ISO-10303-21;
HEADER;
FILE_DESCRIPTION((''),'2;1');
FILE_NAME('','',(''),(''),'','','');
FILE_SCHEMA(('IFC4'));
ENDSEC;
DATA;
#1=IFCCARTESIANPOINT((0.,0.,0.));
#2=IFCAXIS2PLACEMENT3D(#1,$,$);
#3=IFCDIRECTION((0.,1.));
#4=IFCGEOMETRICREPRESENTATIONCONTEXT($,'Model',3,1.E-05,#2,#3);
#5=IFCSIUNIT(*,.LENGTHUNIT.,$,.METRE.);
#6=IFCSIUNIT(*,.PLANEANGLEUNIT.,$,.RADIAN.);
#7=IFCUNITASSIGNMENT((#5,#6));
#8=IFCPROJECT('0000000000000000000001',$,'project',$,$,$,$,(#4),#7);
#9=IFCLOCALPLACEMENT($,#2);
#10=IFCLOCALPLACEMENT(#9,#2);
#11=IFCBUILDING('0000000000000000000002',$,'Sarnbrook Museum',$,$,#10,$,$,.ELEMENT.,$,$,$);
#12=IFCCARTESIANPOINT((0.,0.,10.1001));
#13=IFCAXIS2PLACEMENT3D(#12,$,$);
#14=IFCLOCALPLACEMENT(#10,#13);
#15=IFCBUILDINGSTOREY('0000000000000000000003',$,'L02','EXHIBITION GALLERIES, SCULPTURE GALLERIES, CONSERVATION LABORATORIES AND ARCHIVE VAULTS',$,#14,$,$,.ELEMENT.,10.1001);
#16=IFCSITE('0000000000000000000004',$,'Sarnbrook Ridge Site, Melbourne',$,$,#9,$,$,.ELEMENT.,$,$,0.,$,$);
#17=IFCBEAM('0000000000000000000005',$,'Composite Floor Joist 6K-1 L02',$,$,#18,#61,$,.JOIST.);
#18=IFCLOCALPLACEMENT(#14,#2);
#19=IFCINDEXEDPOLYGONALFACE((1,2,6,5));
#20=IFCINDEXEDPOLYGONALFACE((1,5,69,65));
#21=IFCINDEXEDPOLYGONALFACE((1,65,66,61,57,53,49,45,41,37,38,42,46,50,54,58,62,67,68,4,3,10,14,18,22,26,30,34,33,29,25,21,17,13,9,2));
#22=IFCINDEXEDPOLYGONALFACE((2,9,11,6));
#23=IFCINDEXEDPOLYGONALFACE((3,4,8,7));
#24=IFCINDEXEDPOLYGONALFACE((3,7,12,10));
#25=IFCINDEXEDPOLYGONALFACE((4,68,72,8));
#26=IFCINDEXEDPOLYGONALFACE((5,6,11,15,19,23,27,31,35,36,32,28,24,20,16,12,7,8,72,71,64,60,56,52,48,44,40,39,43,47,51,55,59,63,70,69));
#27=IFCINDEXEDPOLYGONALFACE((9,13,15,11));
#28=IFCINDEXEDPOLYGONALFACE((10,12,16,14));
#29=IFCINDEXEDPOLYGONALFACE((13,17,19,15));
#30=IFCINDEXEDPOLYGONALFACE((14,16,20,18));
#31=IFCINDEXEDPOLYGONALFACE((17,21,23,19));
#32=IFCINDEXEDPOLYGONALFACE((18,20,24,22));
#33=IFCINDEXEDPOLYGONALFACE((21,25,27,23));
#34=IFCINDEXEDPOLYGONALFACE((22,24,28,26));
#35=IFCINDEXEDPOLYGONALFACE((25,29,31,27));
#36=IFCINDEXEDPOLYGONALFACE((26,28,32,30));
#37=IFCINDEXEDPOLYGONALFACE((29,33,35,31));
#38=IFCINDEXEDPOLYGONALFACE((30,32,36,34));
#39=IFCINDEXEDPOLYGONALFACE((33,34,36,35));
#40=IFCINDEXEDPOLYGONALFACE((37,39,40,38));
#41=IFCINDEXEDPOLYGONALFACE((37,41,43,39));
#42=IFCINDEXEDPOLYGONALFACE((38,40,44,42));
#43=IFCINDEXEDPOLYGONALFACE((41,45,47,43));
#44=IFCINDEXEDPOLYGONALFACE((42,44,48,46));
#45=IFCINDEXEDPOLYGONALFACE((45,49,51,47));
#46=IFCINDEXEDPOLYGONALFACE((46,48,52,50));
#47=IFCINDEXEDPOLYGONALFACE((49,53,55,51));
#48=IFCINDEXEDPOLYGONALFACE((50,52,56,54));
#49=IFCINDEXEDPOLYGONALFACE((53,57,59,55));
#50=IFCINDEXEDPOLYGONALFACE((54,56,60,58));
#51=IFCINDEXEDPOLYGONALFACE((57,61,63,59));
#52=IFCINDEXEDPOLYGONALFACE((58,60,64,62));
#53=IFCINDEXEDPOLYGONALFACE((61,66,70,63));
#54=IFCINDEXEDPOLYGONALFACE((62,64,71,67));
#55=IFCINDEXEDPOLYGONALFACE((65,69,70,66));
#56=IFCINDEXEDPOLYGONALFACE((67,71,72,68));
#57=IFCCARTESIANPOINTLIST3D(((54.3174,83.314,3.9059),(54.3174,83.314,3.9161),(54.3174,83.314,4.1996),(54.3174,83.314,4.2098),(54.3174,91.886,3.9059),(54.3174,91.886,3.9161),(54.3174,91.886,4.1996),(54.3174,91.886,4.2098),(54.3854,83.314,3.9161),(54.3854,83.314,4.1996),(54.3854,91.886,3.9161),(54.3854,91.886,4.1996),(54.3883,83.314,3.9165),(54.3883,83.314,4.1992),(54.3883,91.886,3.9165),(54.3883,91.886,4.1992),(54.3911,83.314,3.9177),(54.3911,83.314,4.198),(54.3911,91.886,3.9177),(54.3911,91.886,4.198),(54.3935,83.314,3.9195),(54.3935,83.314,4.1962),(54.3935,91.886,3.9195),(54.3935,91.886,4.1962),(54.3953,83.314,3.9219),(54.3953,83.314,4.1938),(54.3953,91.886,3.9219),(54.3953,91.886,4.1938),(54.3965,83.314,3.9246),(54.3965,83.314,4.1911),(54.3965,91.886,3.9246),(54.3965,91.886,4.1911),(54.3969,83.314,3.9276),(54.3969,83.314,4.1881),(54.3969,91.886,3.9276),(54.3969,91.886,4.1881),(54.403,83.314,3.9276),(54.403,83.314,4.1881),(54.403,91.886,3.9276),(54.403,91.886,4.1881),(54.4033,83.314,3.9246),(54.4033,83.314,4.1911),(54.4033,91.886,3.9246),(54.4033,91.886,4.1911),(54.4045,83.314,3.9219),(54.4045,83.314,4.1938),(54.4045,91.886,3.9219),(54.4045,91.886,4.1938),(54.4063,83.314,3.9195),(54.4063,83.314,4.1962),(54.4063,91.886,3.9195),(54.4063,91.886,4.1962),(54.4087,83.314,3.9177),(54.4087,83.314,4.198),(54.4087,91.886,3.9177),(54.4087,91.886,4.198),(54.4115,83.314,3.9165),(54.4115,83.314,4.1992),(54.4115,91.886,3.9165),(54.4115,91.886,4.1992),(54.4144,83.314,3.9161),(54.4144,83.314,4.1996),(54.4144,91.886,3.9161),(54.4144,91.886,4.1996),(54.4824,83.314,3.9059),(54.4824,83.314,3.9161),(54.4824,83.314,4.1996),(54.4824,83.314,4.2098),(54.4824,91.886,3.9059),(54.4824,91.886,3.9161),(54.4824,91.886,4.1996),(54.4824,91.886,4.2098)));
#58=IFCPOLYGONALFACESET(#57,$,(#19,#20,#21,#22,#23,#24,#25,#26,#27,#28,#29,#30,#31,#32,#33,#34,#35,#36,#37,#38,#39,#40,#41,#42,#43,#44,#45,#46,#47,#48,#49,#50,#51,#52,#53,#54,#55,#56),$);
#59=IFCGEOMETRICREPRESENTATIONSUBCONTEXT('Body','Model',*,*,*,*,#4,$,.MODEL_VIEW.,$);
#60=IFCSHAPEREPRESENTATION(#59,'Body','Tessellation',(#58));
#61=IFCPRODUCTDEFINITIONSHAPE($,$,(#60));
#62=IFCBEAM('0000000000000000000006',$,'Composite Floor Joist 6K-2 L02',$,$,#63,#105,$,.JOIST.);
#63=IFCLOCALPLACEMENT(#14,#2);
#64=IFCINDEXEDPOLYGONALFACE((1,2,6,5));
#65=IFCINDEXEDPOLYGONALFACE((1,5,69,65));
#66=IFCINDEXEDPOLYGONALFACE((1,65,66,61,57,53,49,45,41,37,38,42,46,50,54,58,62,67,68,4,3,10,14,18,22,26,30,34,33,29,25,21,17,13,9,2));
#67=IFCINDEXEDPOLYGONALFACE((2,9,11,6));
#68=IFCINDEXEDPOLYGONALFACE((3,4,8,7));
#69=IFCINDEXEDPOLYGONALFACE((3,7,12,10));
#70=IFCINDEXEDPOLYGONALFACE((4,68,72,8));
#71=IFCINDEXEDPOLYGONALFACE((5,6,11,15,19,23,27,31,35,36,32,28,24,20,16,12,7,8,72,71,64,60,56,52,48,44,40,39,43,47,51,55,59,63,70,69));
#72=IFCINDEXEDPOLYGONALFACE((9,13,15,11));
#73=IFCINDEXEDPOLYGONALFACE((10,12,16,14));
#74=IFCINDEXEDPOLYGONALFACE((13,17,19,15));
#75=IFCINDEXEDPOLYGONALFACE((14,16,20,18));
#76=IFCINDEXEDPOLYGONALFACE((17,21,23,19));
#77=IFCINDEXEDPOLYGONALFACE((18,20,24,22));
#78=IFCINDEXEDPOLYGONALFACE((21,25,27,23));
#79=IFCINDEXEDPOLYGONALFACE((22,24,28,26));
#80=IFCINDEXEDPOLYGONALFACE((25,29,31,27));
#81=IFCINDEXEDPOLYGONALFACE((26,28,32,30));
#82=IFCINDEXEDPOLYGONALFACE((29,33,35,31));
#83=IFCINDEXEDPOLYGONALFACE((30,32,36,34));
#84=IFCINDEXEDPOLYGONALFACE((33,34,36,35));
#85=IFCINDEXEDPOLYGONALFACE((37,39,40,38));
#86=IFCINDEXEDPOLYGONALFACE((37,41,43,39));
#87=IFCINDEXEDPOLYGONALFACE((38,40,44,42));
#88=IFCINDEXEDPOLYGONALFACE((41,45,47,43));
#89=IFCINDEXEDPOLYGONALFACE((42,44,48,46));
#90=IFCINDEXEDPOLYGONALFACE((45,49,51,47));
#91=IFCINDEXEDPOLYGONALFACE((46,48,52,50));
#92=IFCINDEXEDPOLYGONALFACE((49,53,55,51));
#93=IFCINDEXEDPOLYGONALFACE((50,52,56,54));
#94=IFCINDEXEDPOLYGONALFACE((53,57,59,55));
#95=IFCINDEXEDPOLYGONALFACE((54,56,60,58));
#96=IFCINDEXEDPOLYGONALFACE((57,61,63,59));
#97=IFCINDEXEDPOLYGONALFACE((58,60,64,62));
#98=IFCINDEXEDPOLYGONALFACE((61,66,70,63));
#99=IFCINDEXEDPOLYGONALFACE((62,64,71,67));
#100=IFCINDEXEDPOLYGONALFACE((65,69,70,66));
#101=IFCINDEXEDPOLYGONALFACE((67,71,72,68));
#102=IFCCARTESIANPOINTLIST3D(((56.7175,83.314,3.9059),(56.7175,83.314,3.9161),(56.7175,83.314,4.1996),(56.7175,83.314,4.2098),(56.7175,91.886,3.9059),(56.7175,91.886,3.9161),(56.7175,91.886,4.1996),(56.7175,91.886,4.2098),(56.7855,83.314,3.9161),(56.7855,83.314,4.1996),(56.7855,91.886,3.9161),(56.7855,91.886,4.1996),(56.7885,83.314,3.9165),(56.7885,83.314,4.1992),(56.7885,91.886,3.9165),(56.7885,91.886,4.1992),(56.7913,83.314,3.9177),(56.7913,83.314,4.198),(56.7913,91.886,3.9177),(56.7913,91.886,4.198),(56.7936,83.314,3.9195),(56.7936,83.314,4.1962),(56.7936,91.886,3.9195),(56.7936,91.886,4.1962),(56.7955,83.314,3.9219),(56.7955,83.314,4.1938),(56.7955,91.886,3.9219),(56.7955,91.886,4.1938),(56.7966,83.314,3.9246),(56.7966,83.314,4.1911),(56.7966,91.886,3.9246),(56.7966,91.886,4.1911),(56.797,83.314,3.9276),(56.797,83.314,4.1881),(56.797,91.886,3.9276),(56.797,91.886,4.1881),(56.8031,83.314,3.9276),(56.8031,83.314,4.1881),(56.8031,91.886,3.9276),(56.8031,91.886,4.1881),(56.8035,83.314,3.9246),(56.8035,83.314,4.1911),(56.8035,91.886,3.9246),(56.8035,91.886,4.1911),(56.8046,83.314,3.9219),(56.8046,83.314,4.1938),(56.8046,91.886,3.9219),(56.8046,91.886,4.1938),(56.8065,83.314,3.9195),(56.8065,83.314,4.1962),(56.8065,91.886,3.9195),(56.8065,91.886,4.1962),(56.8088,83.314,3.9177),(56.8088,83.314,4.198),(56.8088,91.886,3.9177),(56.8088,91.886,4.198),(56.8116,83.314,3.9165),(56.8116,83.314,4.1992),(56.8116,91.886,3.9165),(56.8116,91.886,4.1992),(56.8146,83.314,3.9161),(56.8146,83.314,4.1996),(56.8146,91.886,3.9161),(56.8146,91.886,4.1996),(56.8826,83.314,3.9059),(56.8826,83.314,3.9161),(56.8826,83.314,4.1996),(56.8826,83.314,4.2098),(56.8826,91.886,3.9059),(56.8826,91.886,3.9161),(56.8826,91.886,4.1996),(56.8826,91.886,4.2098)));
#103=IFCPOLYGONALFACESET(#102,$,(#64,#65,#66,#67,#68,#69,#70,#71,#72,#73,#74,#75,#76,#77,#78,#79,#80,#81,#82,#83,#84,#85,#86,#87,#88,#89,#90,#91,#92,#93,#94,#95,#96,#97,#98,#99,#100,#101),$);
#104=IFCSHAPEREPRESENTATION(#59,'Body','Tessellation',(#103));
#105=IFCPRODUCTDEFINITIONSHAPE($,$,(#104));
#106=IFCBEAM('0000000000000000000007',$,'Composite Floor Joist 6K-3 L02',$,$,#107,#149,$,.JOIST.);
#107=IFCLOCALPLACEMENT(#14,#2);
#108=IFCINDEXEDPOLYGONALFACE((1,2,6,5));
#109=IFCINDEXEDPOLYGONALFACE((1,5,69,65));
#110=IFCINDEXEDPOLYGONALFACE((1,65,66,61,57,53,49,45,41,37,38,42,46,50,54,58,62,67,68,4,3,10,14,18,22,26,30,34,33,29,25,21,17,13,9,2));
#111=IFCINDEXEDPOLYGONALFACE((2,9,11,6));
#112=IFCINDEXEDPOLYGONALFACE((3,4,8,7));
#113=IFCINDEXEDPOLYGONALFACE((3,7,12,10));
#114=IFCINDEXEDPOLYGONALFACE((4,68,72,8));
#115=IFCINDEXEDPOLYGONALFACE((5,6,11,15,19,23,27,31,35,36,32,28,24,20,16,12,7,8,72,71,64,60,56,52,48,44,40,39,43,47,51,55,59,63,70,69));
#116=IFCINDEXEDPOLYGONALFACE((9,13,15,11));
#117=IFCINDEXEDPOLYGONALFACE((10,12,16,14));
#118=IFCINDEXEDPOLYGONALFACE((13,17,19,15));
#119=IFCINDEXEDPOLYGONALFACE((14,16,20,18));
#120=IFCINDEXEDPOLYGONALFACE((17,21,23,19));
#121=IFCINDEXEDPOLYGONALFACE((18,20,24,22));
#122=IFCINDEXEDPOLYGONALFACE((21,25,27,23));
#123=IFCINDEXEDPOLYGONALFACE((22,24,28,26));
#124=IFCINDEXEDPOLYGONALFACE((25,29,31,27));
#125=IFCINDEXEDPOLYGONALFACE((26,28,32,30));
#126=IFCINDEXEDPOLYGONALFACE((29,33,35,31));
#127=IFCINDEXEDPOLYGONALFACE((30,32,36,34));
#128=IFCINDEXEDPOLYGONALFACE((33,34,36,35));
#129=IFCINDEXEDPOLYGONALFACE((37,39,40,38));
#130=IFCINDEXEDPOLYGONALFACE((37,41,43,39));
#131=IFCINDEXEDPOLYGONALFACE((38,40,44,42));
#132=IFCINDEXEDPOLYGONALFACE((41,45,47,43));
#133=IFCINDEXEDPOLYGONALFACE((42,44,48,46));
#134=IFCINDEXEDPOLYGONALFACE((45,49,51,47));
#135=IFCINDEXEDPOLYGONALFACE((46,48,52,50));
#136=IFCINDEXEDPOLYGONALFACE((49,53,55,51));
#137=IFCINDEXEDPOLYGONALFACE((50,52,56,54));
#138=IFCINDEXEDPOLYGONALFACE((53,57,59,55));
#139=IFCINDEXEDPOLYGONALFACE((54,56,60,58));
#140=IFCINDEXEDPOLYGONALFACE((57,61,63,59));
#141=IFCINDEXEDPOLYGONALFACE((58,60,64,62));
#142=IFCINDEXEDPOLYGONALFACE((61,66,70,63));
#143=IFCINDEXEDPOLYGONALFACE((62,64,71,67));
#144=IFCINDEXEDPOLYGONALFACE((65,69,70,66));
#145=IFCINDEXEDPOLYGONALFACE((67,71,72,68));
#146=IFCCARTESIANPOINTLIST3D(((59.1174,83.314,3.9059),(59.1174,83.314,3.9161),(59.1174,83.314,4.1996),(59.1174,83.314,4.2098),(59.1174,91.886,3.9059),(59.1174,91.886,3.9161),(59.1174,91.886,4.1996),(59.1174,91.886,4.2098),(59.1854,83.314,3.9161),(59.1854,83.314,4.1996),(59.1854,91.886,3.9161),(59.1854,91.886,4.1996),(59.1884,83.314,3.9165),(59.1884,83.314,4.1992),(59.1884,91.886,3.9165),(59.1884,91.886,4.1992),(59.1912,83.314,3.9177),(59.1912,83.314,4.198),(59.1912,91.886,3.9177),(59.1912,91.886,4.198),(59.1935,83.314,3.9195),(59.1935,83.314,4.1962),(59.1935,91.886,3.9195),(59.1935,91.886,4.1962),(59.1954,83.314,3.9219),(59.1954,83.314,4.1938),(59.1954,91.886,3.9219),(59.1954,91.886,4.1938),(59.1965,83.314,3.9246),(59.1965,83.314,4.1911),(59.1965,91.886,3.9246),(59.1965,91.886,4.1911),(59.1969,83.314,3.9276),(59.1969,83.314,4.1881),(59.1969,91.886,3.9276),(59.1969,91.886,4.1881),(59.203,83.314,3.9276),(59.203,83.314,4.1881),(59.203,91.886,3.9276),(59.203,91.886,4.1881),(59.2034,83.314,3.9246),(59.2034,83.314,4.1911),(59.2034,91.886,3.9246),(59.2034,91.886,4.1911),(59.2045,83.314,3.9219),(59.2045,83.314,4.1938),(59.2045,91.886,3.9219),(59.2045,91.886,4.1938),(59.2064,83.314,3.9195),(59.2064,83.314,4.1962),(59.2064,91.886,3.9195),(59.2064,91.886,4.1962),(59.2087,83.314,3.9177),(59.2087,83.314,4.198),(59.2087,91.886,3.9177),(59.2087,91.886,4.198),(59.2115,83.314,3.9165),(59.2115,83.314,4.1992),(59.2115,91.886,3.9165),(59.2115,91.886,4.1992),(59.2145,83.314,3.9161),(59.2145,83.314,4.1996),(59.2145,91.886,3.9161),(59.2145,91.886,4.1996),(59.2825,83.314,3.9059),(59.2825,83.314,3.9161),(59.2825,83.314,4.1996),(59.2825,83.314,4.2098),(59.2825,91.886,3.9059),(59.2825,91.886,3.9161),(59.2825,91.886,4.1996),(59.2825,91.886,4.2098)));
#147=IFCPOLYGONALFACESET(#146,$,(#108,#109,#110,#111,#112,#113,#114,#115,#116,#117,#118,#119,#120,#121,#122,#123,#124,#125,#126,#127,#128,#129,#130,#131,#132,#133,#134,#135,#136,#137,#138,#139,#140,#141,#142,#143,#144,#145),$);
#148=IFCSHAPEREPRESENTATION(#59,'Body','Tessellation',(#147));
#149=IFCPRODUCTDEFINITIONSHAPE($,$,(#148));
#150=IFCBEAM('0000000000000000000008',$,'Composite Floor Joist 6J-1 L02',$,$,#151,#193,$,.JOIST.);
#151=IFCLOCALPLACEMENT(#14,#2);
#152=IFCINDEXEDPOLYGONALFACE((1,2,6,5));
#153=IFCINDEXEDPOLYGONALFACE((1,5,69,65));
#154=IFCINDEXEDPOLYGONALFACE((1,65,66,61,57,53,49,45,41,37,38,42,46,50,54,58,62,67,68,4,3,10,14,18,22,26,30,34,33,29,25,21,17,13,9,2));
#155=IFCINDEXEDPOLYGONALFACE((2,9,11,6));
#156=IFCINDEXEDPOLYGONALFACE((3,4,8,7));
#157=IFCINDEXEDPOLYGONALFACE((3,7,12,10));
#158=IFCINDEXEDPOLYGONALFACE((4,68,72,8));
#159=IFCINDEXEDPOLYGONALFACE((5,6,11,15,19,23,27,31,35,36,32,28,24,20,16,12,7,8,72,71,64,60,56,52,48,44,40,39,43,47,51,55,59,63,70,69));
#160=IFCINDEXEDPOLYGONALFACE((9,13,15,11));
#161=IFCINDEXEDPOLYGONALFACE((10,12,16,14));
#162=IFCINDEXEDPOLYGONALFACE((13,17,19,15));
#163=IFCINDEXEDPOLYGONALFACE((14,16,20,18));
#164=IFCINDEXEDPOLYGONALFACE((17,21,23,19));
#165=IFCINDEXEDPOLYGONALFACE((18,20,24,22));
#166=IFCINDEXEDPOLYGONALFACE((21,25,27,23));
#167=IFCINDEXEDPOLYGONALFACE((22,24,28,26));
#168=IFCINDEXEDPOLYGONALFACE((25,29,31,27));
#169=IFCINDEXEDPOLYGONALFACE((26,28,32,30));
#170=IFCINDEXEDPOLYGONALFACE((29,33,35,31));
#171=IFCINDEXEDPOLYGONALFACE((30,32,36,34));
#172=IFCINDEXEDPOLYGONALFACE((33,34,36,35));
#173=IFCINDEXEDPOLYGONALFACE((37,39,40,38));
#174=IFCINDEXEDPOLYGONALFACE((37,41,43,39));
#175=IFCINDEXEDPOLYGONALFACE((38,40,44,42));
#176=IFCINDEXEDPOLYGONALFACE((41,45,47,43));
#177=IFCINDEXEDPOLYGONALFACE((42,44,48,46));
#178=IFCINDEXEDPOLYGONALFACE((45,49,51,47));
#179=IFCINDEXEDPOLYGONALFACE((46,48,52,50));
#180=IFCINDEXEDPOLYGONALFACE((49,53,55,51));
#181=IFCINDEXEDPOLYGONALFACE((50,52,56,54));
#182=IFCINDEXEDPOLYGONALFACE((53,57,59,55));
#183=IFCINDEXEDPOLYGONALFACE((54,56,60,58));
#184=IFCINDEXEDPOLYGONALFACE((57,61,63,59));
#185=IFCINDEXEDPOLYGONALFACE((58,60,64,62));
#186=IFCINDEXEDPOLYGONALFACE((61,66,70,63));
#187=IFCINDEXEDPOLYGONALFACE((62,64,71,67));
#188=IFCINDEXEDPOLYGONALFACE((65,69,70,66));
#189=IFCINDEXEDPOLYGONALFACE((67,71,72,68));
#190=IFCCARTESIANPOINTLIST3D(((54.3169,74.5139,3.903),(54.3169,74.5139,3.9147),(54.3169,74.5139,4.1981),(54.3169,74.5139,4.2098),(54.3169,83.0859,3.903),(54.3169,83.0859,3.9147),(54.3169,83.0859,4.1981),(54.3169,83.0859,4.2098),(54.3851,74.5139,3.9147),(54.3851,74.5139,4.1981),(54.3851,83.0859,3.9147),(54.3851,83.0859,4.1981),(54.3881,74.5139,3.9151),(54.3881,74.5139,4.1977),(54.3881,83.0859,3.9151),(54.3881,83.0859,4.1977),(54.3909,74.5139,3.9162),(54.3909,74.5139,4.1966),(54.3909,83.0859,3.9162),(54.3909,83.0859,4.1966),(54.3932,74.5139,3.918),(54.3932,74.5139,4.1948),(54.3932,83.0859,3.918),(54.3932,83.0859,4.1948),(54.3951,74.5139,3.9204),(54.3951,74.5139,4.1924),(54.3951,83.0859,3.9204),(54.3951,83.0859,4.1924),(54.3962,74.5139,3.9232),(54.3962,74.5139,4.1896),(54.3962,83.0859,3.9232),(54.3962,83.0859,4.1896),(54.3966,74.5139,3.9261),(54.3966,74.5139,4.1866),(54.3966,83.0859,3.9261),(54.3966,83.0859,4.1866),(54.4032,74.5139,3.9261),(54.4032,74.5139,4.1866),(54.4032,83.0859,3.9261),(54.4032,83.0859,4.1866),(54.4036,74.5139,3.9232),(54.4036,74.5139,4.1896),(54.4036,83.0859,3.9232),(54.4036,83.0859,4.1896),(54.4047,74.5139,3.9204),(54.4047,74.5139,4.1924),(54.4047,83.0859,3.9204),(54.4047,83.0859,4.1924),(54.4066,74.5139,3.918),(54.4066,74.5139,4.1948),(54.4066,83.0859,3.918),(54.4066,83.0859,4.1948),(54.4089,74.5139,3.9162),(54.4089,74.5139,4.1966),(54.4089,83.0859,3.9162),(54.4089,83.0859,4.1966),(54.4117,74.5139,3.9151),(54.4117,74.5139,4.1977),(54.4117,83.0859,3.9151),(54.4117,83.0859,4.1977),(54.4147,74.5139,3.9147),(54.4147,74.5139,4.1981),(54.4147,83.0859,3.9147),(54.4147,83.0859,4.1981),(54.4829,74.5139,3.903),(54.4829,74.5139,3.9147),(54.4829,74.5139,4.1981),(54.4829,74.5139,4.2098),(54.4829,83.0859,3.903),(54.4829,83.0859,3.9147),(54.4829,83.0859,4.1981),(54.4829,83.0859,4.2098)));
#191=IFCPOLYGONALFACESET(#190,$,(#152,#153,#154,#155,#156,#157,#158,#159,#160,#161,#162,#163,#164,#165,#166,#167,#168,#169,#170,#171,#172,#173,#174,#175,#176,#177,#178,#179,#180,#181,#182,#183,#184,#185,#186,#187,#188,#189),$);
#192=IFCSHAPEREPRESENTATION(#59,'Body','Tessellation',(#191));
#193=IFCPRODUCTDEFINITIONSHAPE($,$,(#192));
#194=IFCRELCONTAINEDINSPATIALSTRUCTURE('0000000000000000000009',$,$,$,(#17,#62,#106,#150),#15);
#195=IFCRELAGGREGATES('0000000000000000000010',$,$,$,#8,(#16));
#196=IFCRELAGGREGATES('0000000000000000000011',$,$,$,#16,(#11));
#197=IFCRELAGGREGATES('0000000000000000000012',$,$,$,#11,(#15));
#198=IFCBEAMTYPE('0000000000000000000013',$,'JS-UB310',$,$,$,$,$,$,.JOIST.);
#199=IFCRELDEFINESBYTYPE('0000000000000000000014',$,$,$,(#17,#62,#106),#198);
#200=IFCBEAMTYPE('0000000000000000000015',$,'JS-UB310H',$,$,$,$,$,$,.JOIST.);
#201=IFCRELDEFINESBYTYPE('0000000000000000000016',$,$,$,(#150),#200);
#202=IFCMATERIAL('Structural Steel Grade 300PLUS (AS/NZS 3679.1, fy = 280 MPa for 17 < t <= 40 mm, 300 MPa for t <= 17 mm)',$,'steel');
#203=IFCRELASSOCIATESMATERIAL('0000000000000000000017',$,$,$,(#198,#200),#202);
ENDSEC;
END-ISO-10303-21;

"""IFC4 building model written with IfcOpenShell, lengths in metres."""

from ifc_helpers import new_model, si_unit, direction, frame, origin, origin_2d, place, context, subcontext, project, spatial, i_section, extrude, material, material_profile, profile_set, type_object, element, save


model = new_model("IFC4")

# Units and contexts
model_context = context("Model", 3, precision=1e-05, world=origin(), true_north=direction((0.0, 1.0)))
body_context = subcontext(model_context, "Body", "Model", "MODEL_VIEW")
ifc_project = project(units=[si_unit("LENGTHUNIT", "METRE"), si_unit("PLANEANGLEUNIT", "RADIAN")], contexts=[model_context])

# Site, building, storey
site_placement = place(None, origin())
site = spatial("IfcSite", under=ifc_project, at=site_placement, Name="Sarnbrook Ridge Site, Melbourne", CompositionType="ELEMENT", RefElevation=0.0)
building_placement = place(site_placement, origin())
building = spatial("IfcBuilding", under=site, at=building_placement, Name="Sarnbrook Museum", CompositionType="ELEMENT")
storey_placement = place(building_placement, frame((0.0, 0.0, 10.1001)))
storey = spatial("IfcBuildingStorey", under=building, at=storey_placement, Name="L02", Description="EXHIBITION GALLERIES, SCULPTURE GALLERIES, CONSERVATION LABORATORIES AND ARCHIVE VAULTS", CompositionType="ELEMENT", Elevation=10.1001)

# Beams
ifc_material_1 = material(Name="Structural Steel Grade 300PLUS (AS/NZS 3679.1, fy = 280 MPa for 17 < t <= 40 mm, 300 MPa for t <= 17 mm)", Category="steel")
ifc_material_profile_1 = material_profile(ifc_material_1, i_section(OverallWidth=0.165, OverallDepth=0.304, WebThickness=0.0061, FlangeThickness=0.0103, FilletRadius=0.0115, at=origin_2d()), Name="310UB40.4")
ifc_profile_set_1 = profile_set([ifc_material_profile_1], Name="Structural Steel Grade 300PLUS (AS/NZS 3679.1, fy = 280 MPa for 17 < t <= 40 mm, 300 MPa for t <= 17 mm)")
beam_type_1 = type_object("IfcBeamType", Name="JS-UB310", PredefinedType="JOIST", material=ifc_profile_set_1)
for number, where, z_axis, x_axis, name in (
    (1, (54.3999, 83.314, 4.0579), (0.0, 1.0, 0.0), (-1.0, 0.0, 0.0), "Composite Floor Joist 6K-1 L02"),
    (2, (56.8, 83.314, 4.0579), (0.0, 1.0, 0.0), (-1.0, 0.0, 0.0), "Composite Floor Joist 6K-2 L02"),
    (3, (59.2, 83.314, 4.0579), (0.0, 1.0, 0.0), (-1.0, 0.0, 0.0), "Composite Floor Joist 6K-3 L02"),
):
    element("IfcBeam", number, at=place(storey_placement, frame(where, z_axis=z_axis, x_axis=x_axis)), inside=storey, type_object=beam_type_1, Name=name, PredefinedType="JOIST", context=body_context, shape_type="SweptSolid", body=[
        extrude(i_section(OverallWidth=0.165, OverallDepth=0.304, WebThickness=0.0061, FlangeThickness=0.0103, FilletRadius=0.0115, at=origin_2d()), origin(), (0.0, 0.0, 1.0), 8.572),
    ])
ifc_material_profile_2 = material_profile(ifc_material_1, i_section(OverallWidth=0.166, OverallDepth=0.3069, WebThickness=0.0066, FlangeThickness=0.0117, FilletRadius=0.0115, at=origin_2d()), Name="310UB46.2")
ifc_profile_set_2 = profile_set([ifc_material_profile_2], Name="Structural Steel Grade 300PLUS (AS/NZS 3679.1, fy = 280 MPa for 17 < t <= 40 mm, 300 MPa for t <= 17 mm)")
beam_type_2 = type_object("IfcBeamType", Name="JS-UB310H", PredefinedType="JOIST", material=ifc_profile_set_2)
for number, where, z_axis, x_axis, name in (
    (4, (54.3999, 74.5139, 4.0564), (0.0, 1.0, 0.0), (-1.0, 0.0, 0.0), "Composite Floor Joist 6J-1 L02"),
):
    element("IfcBeam", number, at=place(storey_placement, frame(where, z_axis=z_axis, x_axis=x_axis)), inside=storey, type_object=beam_type_2, Name=name, PredefinedType="JOIST", context=body_context, shape_type="SweptSolid", body=[
        extrude(i_section(OverallWidth=0.166, OverallDepth=0.3069, WebThickness=0.0066, FlangeThickness=0.0117, FilletRadius=0.0115, at=origin_2d()), origin(), (0.0, 0.0, 1.0), 8.572),
    ])

save(model, "model.ifc")
